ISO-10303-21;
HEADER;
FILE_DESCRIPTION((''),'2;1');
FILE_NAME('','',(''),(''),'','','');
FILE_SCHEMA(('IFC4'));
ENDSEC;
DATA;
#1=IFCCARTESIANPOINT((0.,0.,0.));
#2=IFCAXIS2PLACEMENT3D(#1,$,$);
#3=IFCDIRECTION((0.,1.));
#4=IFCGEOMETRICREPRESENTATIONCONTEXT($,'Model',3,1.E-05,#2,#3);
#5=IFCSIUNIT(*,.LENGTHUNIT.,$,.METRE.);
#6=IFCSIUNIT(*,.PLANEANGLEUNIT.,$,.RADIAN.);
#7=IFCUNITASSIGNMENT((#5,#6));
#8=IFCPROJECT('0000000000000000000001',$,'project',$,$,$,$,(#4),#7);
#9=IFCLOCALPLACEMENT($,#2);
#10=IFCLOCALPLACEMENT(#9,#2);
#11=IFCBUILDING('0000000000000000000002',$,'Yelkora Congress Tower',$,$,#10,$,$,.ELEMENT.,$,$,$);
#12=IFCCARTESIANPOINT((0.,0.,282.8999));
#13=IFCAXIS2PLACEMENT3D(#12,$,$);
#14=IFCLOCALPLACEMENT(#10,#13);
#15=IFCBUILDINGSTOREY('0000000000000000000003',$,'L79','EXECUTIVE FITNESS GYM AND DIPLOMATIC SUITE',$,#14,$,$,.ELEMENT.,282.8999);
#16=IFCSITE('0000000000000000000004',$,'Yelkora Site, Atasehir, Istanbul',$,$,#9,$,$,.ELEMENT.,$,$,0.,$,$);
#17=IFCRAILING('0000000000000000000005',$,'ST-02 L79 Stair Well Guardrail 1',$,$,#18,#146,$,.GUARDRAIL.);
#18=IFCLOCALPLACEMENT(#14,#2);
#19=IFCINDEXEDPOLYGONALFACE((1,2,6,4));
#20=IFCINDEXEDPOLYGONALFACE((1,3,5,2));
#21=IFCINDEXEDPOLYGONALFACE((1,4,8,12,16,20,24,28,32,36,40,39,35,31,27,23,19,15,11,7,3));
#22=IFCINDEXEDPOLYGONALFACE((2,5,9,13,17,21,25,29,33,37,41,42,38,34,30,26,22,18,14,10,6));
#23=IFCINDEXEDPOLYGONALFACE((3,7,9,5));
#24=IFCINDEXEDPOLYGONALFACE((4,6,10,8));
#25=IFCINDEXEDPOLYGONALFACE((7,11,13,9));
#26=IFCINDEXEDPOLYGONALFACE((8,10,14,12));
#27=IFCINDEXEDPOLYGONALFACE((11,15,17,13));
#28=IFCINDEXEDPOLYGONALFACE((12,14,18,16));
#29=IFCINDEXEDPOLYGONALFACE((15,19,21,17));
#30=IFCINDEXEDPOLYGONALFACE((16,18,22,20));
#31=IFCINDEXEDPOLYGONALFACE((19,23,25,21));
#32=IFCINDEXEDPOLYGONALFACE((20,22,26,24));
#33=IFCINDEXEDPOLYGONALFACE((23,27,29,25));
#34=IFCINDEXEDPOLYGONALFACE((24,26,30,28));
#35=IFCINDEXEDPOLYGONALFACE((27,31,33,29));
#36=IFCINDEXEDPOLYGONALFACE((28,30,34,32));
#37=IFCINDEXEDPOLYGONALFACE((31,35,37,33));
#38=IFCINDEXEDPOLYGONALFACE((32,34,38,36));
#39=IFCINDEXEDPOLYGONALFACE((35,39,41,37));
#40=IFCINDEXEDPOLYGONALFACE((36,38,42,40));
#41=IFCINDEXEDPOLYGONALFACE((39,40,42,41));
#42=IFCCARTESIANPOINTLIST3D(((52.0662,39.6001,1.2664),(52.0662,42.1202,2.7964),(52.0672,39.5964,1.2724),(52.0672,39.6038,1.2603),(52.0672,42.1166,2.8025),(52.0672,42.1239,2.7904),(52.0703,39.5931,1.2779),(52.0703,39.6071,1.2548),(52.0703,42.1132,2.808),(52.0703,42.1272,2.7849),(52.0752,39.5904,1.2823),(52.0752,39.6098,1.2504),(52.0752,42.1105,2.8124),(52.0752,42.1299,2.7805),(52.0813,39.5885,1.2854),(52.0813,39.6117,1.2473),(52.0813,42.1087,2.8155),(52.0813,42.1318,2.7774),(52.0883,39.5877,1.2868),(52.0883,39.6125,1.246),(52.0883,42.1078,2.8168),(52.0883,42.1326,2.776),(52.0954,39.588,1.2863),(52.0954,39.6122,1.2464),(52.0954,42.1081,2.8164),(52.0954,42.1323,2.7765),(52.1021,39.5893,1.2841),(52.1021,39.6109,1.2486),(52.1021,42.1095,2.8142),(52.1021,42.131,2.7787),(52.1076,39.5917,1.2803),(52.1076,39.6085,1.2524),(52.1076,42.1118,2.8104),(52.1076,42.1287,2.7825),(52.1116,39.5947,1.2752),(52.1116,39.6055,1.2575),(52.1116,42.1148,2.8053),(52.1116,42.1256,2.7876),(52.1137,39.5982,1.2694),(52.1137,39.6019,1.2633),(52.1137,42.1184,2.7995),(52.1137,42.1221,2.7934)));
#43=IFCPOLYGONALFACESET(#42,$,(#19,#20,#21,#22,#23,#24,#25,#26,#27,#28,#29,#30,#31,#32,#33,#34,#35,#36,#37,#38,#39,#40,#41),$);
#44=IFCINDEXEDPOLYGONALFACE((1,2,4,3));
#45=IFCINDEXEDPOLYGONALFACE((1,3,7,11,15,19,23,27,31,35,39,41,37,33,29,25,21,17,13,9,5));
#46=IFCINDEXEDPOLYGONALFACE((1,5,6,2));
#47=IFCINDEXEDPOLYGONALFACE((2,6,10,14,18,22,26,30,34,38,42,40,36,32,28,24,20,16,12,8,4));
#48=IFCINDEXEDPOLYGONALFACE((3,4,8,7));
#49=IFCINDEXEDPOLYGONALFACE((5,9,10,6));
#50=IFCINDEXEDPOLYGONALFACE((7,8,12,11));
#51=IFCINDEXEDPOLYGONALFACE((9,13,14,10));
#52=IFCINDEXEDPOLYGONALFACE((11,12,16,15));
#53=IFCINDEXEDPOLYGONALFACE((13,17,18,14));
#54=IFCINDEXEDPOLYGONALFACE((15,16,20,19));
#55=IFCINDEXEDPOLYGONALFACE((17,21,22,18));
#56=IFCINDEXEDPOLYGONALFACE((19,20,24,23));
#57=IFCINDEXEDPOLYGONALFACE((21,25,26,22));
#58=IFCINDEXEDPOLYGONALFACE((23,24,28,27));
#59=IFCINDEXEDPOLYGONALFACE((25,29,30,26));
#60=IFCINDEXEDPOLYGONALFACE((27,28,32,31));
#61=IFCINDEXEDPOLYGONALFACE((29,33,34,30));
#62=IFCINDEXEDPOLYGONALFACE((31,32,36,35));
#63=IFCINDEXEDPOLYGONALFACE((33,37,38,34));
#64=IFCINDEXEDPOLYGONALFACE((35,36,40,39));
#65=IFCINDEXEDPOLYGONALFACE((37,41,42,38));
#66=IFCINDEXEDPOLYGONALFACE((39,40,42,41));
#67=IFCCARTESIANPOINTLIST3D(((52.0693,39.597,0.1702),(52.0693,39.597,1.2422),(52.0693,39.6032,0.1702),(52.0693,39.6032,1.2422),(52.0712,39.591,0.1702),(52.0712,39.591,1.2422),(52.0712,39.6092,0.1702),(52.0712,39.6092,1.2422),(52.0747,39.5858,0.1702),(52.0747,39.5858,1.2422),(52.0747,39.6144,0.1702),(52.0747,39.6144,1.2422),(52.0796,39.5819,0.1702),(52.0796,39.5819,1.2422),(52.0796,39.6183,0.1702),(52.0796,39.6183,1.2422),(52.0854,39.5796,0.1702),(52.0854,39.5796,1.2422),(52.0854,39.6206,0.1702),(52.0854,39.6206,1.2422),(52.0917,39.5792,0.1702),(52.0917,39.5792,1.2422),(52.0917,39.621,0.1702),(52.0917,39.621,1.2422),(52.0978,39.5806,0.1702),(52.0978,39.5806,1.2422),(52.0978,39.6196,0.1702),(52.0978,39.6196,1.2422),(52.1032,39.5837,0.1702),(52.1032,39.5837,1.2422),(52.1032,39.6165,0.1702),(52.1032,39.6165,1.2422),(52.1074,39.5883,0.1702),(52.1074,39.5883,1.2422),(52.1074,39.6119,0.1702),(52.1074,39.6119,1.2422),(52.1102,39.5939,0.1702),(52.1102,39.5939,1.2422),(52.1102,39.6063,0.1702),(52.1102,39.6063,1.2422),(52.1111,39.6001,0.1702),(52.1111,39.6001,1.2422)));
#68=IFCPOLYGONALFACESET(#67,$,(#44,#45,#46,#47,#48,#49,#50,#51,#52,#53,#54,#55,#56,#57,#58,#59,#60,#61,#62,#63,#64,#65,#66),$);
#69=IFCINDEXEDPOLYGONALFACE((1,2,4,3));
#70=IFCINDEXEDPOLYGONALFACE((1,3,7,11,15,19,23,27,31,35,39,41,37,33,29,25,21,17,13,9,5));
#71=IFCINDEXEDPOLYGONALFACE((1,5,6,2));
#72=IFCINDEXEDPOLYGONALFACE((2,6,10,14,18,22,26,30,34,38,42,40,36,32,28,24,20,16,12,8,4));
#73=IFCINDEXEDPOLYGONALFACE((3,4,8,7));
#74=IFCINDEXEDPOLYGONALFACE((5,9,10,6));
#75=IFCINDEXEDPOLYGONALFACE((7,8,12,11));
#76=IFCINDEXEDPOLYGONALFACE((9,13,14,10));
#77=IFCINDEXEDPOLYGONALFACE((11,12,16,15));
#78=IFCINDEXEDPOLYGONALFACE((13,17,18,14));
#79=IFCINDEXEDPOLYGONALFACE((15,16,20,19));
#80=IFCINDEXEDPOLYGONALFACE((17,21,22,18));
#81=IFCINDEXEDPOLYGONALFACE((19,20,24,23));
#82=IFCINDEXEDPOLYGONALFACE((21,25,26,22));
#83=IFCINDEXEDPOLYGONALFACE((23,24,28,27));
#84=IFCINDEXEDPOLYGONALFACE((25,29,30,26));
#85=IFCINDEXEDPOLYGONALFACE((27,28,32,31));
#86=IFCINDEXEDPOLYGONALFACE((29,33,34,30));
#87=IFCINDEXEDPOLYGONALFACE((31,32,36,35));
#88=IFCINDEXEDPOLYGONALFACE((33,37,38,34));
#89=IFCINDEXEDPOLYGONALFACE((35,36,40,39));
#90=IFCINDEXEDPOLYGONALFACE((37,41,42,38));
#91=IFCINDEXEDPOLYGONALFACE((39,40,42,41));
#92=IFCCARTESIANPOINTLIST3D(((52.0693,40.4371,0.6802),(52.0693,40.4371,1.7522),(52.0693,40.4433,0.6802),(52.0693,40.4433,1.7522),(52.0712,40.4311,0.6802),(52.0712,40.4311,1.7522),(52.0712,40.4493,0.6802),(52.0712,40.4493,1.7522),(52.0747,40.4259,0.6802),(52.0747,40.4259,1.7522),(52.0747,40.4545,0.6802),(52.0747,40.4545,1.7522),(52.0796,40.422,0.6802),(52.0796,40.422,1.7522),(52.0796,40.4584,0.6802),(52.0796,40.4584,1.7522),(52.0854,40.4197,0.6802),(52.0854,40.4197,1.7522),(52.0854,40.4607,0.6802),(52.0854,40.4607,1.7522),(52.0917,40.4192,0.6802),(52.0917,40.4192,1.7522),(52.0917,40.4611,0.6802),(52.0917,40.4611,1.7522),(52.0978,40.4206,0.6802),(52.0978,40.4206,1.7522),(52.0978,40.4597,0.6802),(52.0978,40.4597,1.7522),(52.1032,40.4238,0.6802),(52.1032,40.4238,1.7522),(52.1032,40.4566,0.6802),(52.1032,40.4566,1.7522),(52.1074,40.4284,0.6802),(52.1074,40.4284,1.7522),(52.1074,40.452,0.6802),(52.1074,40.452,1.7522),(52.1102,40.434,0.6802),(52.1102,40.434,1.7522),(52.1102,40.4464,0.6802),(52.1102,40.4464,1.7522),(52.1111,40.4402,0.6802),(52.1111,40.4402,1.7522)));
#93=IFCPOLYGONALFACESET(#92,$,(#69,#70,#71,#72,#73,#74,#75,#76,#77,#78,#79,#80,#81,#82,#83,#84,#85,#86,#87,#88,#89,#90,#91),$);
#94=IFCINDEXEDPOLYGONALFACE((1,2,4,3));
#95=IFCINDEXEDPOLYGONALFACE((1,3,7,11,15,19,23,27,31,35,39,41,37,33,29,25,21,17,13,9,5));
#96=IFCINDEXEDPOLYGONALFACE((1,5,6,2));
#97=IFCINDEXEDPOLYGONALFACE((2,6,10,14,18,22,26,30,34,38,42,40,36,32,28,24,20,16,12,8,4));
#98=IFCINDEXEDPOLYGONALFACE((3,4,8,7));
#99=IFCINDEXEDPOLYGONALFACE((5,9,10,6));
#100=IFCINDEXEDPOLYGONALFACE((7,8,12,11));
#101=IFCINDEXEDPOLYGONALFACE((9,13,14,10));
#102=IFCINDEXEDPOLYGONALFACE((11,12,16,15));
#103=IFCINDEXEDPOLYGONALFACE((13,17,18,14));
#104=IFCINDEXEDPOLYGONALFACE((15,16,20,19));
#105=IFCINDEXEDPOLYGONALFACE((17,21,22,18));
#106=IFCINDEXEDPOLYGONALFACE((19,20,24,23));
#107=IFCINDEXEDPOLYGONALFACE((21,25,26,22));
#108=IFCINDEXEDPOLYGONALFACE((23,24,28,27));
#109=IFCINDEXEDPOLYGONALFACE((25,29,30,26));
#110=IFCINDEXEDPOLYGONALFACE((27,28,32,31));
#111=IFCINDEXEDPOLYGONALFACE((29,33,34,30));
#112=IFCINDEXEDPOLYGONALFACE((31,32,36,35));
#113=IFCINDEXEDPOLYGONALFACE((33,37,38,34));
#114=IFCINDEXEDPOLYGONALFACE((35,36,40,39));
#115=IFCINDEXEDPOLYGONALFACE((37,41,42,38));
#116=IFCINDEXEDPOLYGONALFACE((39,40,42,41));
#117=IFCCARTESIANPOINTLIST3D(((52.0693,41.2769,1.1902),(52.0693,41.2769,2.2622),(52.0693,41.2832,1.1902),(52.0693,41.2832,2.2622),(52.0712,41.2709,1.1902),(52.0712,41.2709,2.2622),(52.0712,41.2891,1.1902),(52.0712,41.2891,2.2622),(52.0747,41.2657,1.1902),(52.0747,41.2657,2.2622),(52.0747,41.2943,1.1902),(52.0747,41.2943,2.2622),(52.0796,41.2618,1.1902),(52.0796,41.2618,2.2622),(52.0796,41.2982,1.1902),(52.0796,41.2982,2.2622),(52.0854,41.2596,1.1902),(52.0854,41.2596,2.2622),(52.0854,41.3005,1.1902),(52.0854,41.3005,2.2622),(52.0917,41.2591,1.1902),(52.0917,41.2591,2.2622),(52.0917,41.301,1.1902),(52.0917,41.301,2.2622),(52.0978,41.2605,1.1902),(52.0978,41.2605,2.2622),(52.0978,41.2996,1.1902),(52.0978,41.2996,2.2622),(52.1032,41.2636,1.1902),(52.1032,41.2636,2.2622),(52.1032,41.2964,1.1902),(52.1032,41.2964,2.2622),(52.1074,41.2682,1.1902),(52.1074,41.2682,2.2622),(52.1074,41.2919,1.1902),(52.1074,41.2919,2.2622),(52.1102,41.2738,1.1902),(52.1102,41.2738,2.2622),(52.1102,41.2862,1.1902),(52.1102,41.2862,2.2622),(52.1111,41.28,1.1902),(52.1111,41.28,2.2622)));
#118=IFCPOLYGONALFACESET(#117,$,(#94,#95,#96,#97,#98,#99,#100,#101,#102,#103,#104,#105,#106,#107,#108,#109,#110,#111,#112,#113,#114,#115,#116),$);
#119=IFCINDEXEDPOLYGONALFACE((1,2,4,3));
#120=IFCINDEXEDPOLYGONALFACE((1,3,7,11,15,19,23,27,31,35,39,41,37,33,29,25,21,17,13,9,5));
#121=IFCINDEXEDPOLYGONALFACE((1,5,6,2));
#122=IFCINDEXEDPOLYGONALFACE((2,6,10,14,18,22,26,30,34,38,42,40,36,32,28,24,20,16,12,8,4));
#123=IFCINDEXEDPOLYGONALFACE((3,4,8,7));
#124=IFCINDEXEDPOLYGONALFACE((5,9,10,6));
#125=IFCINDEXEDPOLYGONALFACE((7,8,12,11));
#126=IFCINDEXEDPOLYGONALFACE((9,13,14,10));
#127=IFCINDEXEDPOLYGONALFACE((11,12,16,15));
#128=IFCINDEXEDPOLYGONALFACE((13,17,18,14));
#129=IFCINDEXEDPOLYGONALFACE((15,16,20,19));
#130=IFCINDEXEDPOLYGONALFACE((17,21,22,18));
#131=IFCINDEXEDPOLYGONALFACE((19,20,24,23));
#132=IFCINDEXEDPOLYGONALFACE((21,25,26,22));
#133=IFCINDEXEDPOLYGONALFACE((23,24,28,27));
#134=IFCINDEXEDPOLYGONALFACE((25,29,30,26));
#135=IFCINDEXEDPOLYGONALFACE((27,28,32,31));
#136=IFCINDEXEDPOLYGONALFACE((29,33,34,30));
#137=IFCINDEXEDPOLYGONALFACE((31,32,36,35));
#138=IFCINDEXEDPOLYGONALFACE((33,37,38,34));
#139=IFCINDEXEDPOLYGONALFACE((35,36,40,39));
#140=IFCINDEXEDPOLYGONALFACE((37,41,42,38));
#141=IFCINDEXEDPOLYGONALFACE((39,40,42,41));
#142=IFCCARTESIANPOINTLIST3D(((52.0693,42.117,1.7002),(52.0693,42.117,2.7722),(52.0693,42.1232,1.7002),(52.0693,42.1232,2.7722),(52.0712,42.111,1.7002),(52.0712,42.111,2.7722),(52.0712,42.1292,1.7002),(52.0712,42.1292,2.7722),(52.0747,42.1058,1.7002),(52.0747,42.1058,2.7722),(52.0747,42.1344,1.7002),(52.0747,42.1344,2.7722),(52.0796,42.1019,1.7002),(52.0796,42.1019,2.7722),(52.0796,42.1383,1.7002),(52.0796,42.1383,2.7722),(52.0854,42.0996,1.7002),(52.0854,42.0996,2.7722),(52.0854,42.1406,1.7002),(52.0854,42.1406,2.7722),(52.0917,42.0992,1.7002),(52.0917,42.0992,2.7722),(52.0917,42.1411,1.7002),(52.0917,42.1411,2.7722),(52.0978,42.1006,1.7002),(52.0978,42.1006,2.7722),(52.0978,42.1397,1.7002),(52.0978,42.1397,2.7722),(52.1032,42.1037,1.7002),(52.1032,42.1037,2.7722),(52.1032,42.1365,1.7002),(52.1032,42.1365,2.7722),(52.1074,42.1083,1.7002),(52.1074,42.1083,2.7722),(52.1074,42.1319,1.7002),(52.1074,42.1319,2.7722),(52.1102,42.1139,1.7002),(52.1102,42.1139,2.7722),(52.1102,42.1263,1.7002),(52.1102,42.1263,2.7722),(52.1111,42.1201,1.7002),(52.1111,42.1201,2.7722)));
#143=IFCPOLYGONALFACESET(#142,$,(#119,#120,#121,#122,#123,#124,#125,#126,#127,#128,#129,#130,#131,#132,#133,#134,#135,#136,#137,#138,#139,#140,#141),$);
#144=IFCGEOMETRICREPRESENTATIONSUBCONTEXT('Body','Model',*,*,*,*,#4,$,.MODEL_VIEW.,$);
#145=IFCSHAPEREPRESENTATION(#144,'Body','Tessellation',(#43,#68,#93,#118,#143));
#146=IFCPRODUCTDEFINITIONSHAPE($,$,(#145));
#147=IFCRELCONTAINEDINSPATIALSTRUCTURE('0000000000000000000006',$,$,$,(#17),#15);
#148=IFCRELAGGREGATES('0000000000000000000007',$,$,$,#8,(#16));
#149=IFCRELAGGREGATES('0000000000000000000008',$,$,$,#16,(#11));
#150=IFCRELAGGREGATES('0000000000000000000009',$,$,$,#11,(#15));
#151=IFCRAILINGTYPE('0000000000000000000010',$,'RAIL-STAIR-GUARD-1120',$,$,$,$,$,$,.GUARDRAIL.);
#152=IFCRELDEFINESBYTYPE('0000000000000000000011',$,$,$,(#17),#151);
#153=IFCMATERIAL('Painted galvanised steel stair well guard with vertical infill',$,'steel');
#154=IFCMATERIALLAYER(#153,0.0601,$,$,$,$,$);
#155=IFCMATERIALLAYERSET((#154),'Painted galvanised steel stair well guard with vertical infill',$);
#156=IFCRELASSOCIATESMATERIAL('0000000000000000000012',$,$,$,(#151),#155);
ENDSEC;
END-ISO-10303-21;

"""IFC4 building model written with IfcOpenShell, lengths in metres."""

from ifc_helpers import new_model, si_unit, direction, frame, origin, origin_2d, place, context, subcontext, project, spatial, circle, extrude, material, layer, layer_set, type_object, element, save


model = new_model("IFC4")

# Units and contexts
model_context = context("Model", 3, precision=1e-05, world=origin(), true_north=direction((0.0, 1.0)))
body_context = subcontext(model_context, "Body", "Model", "MODEL_VIEW")
ifc_project = project(units=[si_unit("LENGTHUNIT", "METRE"), si_unit("PLANEANGLEUNIT", "RADIAN")], contexts=[model_context])

# Site, building, storey
site_placement = place(None, origin())
site = spatial("IfcSite", under=ifc_project, at=site_placement, Name="Yelkora Site, Atasehir, Istanbul", CompositionType="ELEMENT", RefElevation=0.0)
building_placement = place(site_placement, origin())
building = spatial("IfcBuilding", under=site, at=building_placement, Name="Yelkora Congress Tower", CompositionType="ELEMENT")
storey_placement = place(building_placement, frame((0.0, 0.0, 282.8999)))
storey = spatial("IfcBuildingStorey", under=building, at=storey_placement, Name="L79", Description="EXECUTIVE FITNESS GYM AND DIPLOMATIC SUITE", CompositionType="ELEMENT", Elevation=282.8999)

# Railing
ifc_material_1 = material(Name="Painted galvanised steel stair well guard with vertical infill", Category="steel")
ifc_layer_1 = layer(ifc_material_1, 0.0601)
ifc_layer_set_1 = layer_set([ifc_layer_1], Name="Painted galvanised steel stair well guard with vertical infill")
railing_type_1 = type_object("IfcRailingType", Name="RAIL-STAIR-GUARD-1120", PredefinedType="GUARDRAIL", material=ifc_layer_set_1)
railing_1_placement = place(storey_placement, frame((52.0901, 39.6001, 0.1702)))
element("IfcRailing", 1, at=railing_1_placement, inside=storey, type_object=railing_type_1, Name="ST-02 L79 Stair Well Guardrail 1", PredefinedType="GUARDRAIL", context=body_context, shape_type="SweptSolid", body=[
    extrude(circle(Radius=0.0239, at=origin_2d()), frame((0.0, 0.0, 1.0962), z_axis=(0.0, 0.854785, 0.518982), x_axis=(-1.0, 0.0, 0.0)), (0.0, 0.0, 1.0), 2.9482),
    extrude(circle(Radius=0.021, at=origin_2d()), origin(), (0.0, 0.0, 1.0), 1.072),
    extrude(circle(Radius=0.021, at=origin_2d()), frame((0.0, 0.8401, 0.51)), (0.0, 0.0, 1.0), 1.072),
    extrude(circle(Radius=0.021, at=origin_2d()), frame((0.0, 1.6799, 1.02)), (0.0, 0.0, 1.0), 1.072),
    extrude(circle(Radius=0.021, at=origin_2d()), frame((0.0, 2.52, 1.53)), (0.0, 0.0, 1.0), 1.072),
])

save(model, "model.ifc")
